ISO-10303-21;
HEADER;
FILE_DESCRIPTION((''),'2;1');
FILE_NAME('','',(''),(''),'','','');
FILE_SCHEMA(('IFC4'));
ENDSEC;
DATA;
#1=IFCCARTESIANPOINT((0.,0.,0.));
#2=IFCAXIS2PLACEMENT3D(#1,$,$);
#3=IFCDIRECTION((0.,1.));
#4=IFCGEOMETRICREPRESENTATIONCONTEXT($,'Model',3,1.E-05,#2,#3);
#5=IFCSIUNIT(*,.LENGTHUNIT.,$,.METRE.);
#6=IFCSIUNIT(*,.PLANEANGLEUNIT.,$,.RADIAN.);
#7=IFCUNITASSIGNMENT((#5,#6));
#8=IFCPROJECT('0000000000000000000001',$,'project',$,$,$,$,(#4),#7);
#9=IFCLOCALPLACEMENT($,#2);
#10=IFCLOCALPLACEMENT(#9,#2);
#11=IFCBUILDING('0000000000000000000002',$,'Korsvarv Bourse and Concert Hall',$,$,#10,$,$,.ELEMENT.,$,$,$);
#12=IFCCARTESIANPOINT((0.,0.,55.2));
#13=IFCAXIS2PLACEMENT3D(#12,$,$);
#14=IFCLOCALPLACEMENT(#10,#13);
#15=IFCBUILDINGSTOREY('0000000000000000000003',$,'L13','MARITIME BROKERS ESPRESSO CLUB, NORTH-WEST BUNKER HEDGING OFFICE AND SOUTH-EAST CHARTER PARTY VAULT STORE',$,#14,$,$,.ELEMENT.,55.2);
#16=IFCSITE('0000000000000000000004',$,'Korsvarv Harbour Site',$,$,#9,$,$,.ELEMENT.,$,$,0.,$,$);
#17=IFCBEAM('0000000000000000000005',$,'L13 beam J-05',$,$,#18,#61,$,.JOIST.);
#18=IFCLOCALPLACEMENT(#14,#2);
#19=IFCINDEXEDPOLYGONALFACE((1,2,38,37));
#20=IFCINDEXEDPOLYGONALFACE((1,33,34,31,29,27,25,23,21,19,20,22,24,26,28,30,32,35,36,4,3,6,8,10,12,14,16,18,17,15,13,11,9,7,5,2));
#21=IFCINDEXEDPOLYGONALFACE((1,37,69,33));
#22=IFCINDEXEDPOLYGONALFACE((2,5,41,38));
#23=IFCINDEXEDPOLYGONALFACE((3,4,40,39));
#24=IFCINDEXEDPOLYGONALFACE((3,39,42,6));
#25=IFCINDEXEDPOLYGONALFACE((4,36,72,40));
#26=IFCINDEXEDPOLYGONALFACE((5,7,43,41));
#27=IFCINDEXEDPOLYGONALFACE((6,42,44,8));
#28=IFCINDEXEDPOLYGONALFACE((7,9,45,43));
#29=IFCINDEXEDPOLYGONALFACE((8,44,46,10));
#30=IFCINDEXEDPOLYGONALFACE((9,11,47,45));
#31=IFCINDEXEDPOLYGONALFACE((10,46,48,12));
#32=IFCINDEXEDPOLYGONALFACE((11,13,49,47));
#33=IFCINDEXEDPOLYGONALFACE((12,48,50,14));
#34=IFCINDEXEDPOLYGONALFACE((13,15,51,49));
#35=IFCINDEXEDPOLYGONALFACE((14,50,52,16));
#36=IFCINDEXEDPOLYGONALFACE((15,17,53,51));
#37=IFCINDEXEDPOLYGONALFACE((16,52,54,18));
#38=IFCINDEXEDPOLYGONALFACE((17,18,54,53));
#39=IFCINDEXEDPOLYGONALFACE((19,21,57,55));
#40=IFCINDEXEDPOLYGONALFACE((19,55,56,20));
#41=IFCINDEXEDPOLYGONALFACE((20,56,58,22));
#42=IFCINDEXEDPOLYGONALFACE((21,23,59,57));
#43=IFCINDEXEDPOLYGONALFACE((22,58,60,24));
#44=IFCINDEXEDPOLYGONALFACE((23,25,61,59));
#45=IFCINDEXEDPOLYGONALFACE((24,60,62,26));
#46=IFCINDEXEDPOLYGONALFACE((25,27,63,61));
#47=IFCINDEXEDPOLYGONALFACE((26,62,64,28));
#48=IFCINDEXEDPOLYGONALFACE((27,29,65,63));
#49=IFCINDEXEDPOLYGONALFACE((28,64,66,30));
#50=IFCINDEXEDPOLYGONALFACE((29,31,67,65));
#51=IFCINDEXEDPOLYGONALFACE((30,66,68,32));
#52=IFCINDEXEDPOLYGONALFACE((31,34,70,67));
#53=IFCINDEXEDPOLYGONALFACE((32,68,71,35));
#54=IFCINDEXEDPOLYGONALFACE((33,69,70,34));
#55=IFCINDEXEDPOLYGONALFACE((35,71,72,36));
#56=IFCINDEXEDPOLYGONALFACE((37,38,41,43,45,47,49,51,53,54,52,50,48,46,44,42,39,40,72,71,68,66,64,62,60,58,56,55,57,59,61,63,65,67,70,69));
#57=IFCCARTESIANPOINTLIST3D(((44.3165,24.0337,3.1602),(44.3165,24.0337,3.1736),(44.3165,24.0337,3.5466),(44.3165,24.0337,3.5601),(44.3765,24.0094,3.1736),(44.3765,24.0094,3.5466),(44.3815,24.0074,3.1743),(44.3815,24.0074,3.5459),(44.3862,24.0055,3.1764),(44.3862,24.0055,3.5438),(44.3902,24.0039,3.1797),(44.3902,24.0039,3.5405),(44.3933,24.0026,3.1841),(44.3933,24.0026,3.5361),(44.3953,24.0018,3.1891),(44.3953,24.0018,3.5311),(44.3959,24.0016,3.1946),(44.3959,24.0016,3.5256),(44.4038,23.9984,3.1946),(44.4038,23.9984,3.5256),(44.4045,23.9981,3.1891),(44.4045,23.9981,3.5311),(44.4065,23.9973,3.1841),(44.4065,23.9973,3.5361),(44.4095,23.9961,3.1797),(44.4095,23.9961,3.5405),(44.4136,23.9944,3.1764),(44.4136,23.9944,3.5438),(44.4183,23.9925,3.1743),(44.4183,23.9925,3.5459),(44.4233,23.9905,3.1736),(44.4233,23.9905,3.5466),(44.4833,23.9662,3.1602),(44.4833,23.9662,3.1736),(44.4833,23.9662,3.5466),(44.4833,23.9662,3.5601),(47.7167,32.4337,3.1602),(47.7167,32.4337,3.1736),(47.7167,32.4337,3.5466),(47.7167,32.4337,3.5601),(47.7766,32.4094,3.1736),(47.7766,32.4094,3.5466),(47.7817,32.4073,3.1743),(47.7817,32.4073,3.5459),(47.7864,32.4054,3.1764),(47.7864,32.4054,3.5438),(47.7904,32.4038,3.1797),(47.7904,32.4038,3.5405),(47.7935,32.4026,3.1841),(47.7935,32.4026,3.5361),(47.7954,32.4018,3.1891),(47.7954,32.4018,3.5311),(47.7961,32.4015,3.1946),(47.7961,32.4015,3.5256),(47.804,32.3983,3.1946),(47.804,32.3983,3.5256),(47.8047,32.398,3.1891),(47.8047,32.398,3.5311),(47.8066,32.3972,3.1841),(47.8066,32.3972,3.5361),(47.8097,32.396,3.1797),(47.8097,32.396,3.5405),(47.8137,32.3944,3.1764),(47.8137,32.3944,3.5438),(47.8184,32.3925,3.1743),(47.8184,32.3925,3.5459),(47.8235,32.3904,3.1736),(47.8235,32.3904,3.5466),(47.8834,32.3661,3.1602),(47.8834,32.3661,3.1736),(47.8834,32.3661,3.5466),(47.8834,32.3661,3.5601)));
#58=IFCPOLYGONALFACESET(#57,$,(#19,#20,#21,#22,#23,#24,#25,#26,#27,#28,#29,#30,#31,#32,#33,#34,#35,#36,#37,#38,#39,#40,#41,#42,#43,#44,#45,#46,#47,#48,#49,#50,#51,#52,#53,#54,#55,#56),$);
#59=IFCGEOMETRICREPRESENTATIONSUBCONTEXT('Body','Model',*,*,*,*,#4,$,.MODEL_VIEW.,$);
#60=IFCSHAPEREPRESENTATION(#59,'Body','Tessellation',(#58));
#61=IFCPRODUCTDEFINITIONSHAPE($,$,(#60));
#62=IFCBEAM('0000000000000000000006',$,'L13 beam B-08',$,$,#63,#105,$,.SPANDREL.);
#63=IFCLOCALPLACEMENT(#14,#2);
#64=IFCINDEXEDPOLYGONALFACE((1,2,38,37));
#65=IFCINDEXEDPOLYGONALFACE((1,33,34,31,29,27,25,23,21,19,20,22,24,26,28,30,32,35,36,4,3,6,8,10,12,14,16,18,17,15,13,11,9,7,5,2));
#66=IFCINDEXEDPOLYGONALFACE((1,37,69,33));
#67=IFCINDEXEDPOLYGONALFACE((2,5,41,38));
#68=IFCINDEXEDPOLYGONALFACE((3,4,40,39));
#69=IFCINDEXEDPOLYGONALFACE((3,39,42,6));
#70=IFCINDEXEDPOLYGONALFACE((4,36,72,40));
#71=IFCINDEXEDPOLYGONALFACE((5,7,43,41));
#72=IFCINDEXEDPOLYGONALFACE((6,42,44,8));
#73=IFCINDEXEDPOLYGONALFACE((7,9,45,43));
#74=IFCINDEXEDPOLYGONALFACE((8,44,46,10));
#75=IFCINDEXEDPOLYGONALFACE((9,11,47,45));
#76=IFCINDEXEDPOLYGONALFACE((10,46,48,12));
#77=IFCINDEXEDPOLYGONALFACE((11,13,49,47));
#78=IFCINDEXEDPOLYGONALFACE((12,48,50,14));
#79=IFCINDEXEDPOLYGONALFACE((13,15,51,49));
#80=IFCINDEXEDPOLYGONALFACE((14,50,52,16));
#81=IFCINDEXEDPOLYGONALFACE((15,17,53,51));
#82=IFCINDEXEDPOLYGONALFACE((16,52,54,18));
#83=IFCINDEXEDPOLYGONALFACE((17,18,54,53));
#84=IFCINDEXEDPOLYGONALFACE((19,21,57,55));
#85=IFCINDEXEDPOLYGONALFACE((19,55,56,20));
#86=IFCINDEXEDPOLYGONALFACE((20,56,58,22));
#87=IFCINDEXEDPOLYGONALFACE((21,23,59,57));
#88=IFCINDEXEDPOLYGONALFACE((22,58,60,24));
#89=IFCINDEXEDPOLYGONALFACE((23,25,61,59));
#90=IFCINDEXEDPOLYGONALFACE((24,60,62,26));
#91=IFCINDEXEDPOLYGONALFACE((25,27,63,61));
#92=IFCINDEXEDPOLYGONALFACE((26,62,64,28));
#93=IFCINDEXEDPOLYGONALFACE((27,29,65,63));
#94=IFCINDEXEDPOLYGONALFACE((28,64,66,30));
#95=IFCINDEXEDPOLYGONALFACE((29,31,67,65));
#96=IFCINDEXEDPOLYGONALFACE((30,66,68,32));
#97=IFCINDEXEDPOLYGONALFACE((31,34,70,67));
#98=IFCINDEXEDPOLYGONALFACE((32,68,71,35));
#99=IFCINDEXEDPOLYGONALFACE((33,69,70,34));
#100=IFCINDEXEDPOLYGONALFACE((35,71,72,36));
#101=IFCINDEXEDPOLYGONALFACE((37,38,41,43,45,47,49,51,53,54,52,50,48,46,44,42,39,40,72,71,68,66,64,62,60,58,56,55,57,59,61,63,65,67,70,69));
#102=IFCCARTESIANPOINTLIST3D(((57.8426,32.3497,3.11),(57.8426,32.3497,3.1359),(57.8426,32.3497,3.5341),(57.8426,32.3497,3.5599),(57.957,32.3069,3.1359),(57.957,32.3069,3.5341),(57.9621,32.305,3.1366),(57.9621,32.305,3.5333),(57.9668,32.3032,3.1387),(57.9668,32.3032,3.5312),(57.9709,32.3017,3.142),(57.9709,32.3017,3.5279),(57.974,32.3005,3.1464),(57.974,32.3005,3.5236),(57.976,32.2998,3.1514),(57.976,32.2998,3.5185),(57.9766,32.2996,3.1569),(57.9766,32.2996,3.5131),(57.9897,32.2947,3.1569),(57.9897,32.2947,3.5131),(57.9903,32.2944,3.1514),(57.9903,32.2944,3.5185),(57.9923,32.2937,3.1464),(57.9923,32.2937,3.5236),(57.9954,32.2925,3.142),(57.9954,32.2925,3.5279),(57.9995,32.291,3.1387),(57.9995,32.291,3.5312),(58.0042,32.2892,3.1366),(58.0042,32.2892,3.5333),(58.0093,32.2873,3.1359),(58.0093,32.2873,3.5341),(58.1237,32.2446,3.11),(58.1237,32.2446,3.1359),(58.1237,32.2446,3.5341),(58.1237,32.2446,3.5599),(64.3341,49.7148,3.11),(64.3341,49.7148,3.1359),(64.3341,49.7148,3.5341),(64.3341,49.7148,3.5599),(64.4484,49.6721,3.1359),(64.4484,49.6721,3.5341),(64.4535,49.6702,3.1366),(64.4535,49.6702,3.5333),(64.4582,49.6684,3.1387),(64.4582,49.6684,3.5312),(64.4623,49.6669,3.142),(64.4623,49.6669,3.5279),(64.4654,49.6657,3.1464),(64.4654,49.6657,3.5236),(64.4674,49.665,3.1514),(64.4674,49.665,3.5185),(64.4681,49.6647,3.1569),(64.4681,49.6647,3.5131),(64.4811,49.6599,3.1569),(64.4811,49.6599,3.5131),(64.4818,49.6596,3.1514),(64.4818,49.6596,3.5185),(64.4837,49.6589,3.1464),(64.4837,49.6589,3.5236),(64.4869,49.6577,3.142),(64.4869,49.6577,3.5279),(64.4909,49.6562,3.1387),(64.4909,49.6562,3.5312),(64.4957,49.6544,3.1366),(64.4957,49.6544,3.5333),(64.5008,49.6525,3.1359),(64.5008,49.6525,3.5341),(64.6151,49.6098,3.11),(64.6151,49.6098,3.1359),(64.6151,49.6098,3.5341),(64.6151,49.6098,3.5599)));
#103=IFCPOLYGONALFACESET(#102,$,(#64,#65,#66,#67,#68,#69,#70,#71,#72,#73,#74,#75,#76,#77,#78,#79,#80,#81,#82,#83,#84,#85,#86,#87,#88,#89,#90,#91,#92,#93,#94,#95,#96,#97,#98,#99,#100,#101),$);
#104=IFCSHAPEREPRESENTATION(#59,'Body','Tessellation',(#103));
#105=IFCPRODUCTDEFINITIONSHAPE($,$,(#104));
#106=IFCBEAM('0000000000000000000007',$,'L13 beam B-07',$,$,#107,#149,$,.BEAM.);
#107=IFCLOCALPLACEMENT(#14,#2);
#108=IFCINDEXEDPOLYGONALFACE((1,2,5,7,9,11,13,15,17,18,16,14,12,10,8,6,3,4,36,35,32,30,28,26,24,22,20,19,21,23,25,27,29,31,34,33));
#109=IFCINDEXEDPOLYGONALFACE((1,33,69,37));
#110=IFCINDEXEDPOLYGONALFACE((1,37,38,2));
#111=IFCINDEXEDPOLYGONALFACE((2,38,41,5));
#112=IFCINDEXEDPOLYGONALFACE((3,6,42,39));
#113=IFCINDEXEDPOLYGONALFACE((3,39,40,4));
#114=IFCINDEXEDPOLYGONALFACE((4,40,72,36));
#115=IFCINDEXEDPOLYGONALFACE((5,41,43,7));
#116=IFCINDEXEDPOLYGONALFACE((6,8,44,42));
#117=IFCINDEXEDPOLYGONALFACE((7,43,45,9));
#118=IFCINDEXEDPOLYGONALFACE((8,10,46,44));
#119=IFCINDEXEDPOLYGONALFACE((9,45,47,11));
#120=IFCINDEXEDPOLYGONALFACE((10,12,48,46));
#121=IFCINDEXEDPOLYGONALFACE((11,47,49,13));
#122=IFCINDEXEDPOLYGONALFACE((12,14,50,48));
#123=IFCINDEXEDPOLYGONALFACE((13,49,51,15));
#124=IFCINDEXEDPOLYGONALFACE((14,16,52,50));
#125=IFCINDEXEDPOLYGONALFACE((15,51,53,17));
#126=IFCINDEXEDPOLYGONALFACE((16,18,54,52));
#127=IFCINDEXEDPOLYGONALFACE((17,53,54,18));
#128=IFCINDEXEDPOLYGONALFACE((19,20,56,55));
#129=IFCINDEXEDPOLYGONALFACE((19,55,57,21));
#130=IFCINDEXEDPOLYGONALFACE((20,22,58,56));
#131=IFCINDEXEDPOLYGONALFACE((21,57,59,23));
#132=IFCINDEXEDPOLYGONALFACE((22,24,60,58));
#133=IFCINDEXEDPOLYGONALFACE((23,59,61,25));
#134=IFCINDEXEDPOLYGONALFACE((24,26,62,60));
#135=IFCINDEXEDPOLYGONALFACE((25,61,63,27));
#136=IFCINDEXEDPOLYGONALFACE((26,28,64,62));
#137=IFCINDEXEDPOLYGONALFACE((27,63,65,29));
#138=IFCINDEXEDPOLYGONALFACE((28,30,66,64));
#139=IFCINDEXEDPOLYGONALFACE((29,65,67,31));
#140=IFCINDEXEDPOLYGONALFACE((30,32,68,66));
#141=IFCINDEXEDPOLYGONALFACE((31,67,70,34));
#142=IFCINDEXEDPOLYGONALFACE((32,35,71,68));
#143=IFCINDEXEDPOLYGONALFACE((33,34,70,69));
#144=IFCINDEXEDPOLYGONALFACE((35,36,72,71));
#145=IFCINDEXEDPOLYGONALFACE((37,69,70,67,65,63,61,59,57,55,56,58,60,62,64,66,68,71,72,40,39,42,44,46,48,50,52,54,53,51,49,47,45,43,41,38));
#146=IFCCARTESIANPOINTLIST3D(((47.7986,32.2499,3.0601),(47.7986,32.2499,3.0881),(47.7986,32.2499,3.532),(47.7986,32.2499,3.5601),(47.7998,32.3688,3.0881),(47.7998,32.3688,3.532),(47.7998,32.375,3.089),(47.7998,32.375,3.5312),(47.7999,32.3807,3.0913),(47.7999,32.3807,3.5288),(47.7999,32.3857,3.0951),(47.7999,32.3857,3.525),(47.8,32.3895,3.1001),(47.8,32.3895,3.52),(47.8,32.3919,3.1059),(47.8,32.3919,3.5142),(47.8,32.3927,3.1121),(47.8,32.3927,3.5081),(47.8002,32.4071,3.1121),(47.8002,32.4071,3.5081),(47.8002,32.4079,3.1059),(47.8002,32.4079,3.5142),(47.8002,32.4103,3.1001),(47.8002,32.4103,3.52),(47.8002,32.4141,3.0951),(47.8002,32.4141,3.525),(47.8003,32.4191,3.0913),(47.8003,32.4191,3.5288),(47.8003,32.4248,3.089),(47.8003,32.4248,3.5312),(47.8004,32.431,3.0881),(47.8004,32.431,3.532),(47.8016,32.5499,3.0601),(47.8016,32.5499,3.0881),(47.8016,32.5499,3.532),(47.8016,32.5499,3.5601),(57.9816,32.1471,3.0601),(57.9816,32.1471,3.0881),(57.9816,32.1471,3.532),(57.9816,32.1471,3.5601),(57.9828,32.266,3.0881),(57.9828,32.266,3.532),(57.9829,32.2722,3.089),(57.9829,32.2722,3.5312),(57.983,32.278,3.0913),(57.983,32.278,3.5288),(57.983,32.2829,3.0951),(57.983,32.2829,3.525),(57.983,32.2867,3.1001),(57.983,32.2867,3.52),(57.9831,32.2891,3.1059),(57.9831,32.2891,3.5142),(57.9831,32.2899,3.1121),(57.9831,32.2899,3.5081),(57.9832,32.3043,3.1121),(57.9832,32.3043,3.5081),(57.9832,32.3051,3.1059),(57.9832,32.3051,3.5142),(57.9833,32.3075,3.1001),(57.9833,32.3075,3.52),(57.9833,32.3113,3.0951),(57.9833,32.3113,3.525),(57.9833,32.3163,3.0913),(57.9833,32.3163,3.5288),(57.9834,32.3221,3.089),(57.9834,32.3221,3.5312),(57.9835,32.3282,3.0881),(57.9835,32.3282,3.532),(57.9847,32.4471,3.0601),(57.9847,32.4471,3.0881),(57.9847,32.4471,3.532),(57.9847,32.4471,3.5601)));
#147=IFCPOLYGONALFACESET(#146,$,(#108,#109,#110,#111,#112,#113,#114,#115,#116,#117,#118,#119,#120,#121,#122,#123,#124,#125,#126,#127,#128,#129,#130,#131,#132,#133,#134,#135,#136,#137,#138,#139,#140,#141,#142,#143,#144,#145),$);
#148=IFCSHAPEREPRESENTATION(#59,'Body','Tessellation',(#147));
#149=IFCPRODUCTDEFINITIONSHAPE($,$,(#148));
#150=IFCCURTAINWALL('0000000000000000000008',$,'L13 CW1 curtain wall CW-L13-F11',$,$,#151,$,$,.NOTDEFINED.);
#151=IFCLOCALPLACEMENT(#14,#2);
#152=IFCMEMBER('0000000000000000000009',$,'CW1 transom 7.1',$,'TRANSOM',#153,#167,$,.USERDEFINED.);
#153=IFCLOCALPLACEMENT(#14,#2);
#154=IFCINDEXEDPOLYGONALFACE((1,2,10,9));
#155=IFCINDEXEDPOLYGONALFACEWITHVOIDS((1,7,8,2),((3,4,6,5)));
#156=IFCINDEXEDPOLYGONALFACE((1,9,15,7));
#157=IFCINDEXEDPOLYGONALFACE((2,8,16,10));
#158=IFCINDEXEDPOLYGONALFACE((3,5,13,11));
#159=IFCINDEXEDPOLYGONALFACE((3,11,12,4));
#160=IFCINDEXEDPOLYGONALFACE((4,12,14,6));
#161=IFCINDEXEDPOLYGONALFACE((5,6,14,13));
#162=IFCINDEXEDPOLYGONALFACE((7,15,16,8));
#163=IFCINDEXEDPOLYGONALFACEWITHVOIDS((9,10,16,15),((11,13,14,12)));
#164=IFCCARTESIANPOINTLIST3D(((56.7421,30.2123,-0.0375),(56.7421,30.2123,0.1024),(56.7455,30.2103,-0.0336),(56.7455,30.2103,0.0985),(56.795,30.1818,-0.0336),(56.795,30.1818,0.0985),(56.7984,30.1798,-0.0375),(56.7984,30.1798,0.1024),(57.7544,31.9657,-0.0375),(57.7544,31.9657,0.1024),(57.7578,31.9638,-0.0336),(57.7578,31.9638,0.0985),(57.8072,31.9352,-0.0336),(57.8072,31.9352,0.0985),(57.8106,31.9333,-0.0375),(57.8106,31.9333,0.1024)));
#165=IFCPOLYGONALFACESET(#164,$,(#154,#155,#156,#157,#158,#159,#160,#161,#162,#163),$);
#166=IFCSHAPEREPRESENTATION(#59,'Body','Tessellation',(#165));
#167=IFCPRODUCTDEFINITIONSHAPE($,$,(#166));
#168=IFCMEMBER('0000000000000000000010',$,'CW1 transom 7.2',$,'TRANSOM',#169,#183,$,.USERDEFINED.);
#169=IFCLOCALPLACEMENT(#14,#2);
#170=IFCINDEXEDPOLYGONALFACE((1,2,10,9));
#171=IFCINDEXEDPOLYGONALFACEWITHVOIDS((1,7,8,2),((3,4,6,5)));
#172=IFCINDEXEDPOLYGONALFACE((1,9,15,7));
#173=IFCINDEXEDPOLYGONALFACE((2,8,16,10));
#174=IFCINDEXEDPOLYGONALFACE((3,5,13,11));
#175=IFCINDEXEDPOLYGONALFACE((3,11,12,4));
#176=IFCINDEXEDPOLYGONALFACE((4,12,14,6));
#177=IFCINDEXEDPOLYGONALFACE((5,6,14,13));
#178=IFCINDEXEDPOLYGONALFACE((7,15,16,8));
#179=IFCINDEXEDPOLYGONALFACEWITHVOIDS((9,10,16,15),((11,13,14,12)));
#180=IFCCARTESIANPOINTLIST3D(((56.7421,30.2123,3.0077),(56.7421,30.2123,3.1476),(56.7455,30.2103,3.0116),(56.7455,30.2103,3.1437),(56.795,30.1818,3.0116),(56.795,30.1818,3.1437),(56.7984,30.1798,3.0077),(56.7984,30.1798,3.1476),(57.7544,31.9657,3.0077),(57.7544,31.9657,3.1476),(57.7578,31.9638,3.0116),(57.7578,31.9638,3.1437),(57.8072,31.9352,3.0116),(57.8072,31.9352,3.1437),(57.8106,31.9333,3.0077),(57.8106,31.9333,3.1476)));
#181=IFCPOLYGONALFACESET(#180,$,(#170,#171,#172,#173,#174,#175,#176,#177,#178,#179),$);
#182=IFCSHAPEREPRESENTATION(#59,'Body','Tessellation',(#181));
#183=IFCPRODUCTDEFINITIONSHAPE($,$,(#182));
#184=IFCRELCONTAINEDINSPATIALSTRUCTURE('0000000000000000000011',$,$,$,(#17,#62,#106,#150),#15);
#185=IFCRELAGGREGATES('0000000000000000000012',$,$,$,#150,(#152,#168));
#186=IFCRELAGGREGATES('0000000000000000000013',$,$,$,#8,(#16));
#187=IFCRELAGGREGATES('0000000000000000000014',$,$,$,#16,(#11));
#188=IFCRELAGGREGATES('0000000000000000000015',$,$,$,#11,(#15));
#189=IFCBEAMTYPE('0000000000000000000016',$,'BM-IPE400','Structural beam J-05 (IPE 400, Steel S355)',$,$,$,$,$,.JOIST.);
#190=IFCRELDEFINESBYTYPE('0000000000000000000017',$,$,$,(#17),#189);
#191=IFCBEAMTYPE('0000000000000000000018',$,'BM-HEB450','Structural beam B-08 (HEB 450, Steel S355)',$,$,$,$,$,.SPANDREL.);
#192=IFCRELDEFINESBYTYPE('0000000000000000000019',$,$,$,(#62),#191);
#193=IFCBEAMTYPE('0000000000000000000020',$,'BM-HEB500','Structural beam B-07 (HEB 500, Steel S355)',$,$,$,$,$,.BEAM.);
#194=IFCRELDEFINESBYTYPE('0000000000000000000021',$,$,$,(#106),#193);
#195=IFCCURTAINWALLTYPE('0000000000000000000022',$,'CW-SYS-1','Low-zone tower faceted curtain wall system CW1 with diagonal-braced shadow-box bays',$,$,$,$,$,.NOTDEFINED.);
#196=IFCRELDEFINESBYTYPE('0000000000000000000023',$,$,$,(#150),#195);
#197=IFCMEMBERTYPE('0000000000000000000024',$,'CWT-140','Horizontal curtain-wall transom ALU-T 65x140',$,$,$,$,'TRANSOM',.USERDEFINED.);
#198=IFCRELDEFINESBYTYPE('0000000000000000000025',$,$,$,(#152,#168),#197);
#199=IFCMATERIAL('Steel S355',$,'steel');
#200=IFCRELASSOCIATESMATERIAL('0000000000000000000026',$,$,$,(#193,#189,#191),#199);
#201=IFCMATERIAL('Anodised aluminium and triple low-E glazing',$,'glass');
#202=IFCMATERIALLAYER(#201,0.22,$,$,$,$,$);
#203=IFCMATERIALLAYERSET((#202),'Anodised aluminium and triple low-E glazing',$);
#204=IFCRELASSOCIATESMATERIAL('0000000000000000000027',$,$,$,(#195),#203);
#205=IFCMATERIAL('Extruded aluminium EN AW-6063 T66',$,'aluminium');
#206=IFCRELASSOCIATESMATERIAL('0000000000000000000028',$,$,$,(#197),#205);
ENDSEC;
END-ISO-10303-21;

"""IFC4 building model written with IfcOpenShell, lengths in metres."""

from ifc_helpers import new_model, si_unit, direction, frame, origin, origin_2d, place, context, subcontext, project, spatial, hollow_rectangle, i_section, extrude, source, transform, mapped, material, layer, layer_set, material_profile, profile_set, type_object, element, aggregate, save


model = new_model("IFC4")

# Units and contexts
model_context = context("Model", 3, precision=1e-05, world=origin(), true_north=direction((0.0, 1.0)))
body_context = subcontext(model_context, "Body", "Model", "MODEL_VIEW")
ifc_project = project(units=[si_unit("LENGTHUNIT", "METRE"), si_unit("PLANEANGLEUNIT", "RADIAN")], contexts=[model_context])

# Site, building, storey
site_placement = place(None, origin())
site = spatial("IfcSite", under=ifc_project, at=site_placement, Name="Korsvarv Harbour Site", CompositionType="ELEMENT", RefElevation=0.0)
building_placement = place(site_placement, origin())
building = spatial("IfcBuilding", under=site, at=building_placement, Name="Korsvarv Bourse and Concert Hall", CompositionType="ELEMENT")
storey_placement = place(building_placement, frame((0.0, 0.0, 55.2)))
storey = spatial("IfcBuildingStorey", under=building, at=storey_placement, Name="L13", Description="MARITIME BROKERS ESPRESSO CLUB, NORTH-WEST BUNKER HEDGING OFFICE AND SOUTH-EAST CHARTER PARTY VAULT STORE", CompositionType="ELEMENT", Elevation=55.2)

# Beams
ifc_material_1 = material(Name="Steel S355", Category="steel")
ifc_material_profile_1 = material_profile(ifc_material_1, i_section(OverallWidth=0.3, OverallDepth=0.5, WebThickness=0.0144, FlangeThickness=0.0281, FilletRadius=0.0239, at=origin_2d()), Name="HEB 500")
ifc_profile_set_1 = profile_set([ifc_material_profile_1], Name="Steel S355")
beam_type_1 = type_object("IfcBeamType", Name="BM-HEB500", Description="Structural beam B-07 (HEB 500, Steel S355)", PredefinedType="BEAM", material=ifc_profile_set_1)
ifc_material_profile_2 = material_profile(ifc_material_1, i_section(OverallWidth=0.1799, OverallDepth=0.3999, WebThickness=0.0085, FlangeThickness=0.0134, FilletRadius=0.021, at=origin_2d()), Name="IPE 400")
ifc_profile_set_2 = profile_set([ifc_material_profile_2], Name="Steel S355")
beam_type_2 = type_object("IfcBeamType", Name="BM-IPE400", Description="Structural beam J-05 (IPE 400, Steel S355)", PredefinedType="JOIST", material=ifc_profile_set_2)
shared_shape_1 = source(origin(), body_context, "Body", "SweptSolid", [
    extrude(i_section(OverallWidth=0.1799, OverallDepth=0.3999, WebThickness=0.0085, FlangeThickness=0.0134, FilletRadius=0.021, at=origin_2d()), origin(), (0.0, 0.0, 1.0), 9.062),
])
beam_1_placement = place(storey_placement, frame((47.8, 32.3999, 3.3601), z_axis=(-0.37521, -0.92694, 0.0), x_axis=(0.92694, -0.37521, 0.0)))
element("IfcBeam", 1, at=beam_1_placement, inside=storey, type_object=beam_type_2, Name="L13 beam J-05", PredefinedType="JOIST", context=body_context, shape_type="MappedRepresentation", body=[
    mapped(shared_shape_1, transform((0.0, 0.0, 0.0), scale=1.0)),
])
ifc_material_profile_3 = material_profile(ifc_material_1, i_section(OverallWidth=0.3, OverallDepth=0.45, WebThickness=0.0139, FlangeThickness=0.0259, FilletRadius=0.021, at=origin_2d()), Name="HEB 450")
ifc_profile_set_3 = profile_set([ifc_material_profile_3], Name="Steel S355")
beam_type_3 = type_object("IfcBeamType", Name="BM-HEB450", Description="Structural beam B-08 (HEB 450, Steel S355)", PredefinedType="SPANDREL", material=ifc_profile_set_3)
shared_shape_2 = source(origin(), body_context, "Body", "SweptSolid", [
    extrude(i_section(OverallWidth=0.3, OverallDepth=0.45, WebThickness=0.0139, FlangeThickness=0.0259, FilletRadius=0.021, at=origin_2d()), origin(), (0.0, 0.0, 1.0), 18.5388),
])
beam_2_placement = place(storey_placement, frame((57.9832, 32.2971, 3.335), z_axis=(0.350153, 0.936692, 0.0), x_axis=(-0.936692, 0.350153, 0.0)))
element("IfcBeam", 2, at=beam_2_placement, inside=storey, type_object=beam_type_3, Name="L13 beam B-08", PredefinedType="SPANDREL", context=body_context, shape_type="MappedRepresentation", body=[
    mapped(shared_shape_2, transform((0.0, 0.0, 0.0), scale=1.0)),
])
shared_shape_3 = source(origin(), body_context, "Body", "SweptSolid", [
    extrude(i_section(OverallWidth=0.3, OverallDepth=0.5, WebThickness=0.0144, FlangeThickness=0.0281, FilletRadius=0.0239, at=origin_2d()), origin(), (0.0, 0.0, 1.0), 10.1836),
])
beam_3_placement = place(storey_placement, frame((57.9832, 32.2971, 3.3101), z_axis=(-0.999949, 0.010093, 0.0), x_axis=(-0.010093, -0.999949, 0.0)))
element("IfcBeam", 3, at=beam_3_placement, inside=storey, type_object=beam_type_1, Name="L13 beam B-07", PredefinedType="BEAM", context=body_context, shape_type="MappedRepresentation", body=[
    mapped(shared_shape_3, transform((0.0, 0.0, 0.0), scale=1.0)),
])

# Curtain wall, members
ifc_material_2 = material(Name="Anodised aluminium and triple low-E glazing", Category="glass")
ifc_layer_1 = layer(ifc_material_2, 0.22)
ifc_layer_set_1 = layer_set([ifc_layer_1], Name="Anodised aluminium and triple low-E glazing")
curtain_wall_type = type_object("IfcCurtainWallType", Name="CW-SYS-1", Description="Low-zone tower faceted curtain wall system CW1 with diagonal-braced shadow-box bays", PredefinedType="NOTDEFINED", material=ifc_layer_set_1)
curtain_wall_placement = place(storey_placement, origin())
curtain_wall = element("IfcCurtainWall", 4, at=curtain_wall_placement, inside=storey, type_object=curtain_wall_type, Name="L13 CW1 curtain wall CW-L13-F11", PredefinedType="NOTDEFINED")
ifc_material_3 = material(Name="Extruded aluminium EN AW-6063 T66", Category="aluminium")
ifc_material_profile_4 = material_profile(ifc_material_3, hollow_rectangle(XDim=0.0649, YDim=0.1399, WallThickness=0.0039, at=origin_2d()), Name="ALU-T 65x140")
ifc_profile_set_4 = profile_set([ifc_material_profile_4], Name="Extruded aluminium EN AW-6063 T66")
member_type_1 = type_object("IfcMemberType", Name="CWT-140", Description="Horizontal curtain-wall transom ALU-T 65x140", ElementType="TRANSOM", PredefinedType="USERDEFINED", material=ifc_profile_set_4)
shared_shape_4 = source(origin(), body_context, "Body", "SweptSolid", [
    extrude(hollow_rectangle(XDim=0.0649, YDim=0.1399, WallThickness=0.0039, at=origin_2d()), origin(), (0.0, 0.0, 1.0), 2.0247),
])
member_1_placement = place(storey_placement, frame((56.7703, 30.196, 0.0325), z_axis=(0.499952, 0.866053, 0.0), x_axis=(-0.866053, 0.499952, 0.0)))
member_1 = element("IfcMember", 5, at=member_1_placement, type_object=member_type_1, Name="CW1 transom 7.1", ObjectType="TRANSOM", PredefinedType="USERDEFINED", context=body_context, shape_type="MappedRepresentation", body=[
    mapped(shared_shape_4, transform((0.0, 0.0, 0.0), scale=1.0)),
])
member_2_placement = place(storey_placement, frame((56.7703, 30.196, 3.0776), z_axis=(0.499952, 0.866053, 0.0), x_axis=(-0.866053, 0.499952, 0.0)))
member_2 = element("IfcMember", 6, at=member_2_placement, type_object=member_type_1, Name="CW1 transom 7.2", ObjectType="TRANSOM", PredefinedType="USERDEFINED", context=body_context, shape_type="MappedRepresentation", body=[
    mapped(shared_shape_4, transform((0.0, 0.0, 0.0), scale=1.0)),
])
aggregate(curtain_wall, [member_1, member_2])

save(model, "model.ifc")
